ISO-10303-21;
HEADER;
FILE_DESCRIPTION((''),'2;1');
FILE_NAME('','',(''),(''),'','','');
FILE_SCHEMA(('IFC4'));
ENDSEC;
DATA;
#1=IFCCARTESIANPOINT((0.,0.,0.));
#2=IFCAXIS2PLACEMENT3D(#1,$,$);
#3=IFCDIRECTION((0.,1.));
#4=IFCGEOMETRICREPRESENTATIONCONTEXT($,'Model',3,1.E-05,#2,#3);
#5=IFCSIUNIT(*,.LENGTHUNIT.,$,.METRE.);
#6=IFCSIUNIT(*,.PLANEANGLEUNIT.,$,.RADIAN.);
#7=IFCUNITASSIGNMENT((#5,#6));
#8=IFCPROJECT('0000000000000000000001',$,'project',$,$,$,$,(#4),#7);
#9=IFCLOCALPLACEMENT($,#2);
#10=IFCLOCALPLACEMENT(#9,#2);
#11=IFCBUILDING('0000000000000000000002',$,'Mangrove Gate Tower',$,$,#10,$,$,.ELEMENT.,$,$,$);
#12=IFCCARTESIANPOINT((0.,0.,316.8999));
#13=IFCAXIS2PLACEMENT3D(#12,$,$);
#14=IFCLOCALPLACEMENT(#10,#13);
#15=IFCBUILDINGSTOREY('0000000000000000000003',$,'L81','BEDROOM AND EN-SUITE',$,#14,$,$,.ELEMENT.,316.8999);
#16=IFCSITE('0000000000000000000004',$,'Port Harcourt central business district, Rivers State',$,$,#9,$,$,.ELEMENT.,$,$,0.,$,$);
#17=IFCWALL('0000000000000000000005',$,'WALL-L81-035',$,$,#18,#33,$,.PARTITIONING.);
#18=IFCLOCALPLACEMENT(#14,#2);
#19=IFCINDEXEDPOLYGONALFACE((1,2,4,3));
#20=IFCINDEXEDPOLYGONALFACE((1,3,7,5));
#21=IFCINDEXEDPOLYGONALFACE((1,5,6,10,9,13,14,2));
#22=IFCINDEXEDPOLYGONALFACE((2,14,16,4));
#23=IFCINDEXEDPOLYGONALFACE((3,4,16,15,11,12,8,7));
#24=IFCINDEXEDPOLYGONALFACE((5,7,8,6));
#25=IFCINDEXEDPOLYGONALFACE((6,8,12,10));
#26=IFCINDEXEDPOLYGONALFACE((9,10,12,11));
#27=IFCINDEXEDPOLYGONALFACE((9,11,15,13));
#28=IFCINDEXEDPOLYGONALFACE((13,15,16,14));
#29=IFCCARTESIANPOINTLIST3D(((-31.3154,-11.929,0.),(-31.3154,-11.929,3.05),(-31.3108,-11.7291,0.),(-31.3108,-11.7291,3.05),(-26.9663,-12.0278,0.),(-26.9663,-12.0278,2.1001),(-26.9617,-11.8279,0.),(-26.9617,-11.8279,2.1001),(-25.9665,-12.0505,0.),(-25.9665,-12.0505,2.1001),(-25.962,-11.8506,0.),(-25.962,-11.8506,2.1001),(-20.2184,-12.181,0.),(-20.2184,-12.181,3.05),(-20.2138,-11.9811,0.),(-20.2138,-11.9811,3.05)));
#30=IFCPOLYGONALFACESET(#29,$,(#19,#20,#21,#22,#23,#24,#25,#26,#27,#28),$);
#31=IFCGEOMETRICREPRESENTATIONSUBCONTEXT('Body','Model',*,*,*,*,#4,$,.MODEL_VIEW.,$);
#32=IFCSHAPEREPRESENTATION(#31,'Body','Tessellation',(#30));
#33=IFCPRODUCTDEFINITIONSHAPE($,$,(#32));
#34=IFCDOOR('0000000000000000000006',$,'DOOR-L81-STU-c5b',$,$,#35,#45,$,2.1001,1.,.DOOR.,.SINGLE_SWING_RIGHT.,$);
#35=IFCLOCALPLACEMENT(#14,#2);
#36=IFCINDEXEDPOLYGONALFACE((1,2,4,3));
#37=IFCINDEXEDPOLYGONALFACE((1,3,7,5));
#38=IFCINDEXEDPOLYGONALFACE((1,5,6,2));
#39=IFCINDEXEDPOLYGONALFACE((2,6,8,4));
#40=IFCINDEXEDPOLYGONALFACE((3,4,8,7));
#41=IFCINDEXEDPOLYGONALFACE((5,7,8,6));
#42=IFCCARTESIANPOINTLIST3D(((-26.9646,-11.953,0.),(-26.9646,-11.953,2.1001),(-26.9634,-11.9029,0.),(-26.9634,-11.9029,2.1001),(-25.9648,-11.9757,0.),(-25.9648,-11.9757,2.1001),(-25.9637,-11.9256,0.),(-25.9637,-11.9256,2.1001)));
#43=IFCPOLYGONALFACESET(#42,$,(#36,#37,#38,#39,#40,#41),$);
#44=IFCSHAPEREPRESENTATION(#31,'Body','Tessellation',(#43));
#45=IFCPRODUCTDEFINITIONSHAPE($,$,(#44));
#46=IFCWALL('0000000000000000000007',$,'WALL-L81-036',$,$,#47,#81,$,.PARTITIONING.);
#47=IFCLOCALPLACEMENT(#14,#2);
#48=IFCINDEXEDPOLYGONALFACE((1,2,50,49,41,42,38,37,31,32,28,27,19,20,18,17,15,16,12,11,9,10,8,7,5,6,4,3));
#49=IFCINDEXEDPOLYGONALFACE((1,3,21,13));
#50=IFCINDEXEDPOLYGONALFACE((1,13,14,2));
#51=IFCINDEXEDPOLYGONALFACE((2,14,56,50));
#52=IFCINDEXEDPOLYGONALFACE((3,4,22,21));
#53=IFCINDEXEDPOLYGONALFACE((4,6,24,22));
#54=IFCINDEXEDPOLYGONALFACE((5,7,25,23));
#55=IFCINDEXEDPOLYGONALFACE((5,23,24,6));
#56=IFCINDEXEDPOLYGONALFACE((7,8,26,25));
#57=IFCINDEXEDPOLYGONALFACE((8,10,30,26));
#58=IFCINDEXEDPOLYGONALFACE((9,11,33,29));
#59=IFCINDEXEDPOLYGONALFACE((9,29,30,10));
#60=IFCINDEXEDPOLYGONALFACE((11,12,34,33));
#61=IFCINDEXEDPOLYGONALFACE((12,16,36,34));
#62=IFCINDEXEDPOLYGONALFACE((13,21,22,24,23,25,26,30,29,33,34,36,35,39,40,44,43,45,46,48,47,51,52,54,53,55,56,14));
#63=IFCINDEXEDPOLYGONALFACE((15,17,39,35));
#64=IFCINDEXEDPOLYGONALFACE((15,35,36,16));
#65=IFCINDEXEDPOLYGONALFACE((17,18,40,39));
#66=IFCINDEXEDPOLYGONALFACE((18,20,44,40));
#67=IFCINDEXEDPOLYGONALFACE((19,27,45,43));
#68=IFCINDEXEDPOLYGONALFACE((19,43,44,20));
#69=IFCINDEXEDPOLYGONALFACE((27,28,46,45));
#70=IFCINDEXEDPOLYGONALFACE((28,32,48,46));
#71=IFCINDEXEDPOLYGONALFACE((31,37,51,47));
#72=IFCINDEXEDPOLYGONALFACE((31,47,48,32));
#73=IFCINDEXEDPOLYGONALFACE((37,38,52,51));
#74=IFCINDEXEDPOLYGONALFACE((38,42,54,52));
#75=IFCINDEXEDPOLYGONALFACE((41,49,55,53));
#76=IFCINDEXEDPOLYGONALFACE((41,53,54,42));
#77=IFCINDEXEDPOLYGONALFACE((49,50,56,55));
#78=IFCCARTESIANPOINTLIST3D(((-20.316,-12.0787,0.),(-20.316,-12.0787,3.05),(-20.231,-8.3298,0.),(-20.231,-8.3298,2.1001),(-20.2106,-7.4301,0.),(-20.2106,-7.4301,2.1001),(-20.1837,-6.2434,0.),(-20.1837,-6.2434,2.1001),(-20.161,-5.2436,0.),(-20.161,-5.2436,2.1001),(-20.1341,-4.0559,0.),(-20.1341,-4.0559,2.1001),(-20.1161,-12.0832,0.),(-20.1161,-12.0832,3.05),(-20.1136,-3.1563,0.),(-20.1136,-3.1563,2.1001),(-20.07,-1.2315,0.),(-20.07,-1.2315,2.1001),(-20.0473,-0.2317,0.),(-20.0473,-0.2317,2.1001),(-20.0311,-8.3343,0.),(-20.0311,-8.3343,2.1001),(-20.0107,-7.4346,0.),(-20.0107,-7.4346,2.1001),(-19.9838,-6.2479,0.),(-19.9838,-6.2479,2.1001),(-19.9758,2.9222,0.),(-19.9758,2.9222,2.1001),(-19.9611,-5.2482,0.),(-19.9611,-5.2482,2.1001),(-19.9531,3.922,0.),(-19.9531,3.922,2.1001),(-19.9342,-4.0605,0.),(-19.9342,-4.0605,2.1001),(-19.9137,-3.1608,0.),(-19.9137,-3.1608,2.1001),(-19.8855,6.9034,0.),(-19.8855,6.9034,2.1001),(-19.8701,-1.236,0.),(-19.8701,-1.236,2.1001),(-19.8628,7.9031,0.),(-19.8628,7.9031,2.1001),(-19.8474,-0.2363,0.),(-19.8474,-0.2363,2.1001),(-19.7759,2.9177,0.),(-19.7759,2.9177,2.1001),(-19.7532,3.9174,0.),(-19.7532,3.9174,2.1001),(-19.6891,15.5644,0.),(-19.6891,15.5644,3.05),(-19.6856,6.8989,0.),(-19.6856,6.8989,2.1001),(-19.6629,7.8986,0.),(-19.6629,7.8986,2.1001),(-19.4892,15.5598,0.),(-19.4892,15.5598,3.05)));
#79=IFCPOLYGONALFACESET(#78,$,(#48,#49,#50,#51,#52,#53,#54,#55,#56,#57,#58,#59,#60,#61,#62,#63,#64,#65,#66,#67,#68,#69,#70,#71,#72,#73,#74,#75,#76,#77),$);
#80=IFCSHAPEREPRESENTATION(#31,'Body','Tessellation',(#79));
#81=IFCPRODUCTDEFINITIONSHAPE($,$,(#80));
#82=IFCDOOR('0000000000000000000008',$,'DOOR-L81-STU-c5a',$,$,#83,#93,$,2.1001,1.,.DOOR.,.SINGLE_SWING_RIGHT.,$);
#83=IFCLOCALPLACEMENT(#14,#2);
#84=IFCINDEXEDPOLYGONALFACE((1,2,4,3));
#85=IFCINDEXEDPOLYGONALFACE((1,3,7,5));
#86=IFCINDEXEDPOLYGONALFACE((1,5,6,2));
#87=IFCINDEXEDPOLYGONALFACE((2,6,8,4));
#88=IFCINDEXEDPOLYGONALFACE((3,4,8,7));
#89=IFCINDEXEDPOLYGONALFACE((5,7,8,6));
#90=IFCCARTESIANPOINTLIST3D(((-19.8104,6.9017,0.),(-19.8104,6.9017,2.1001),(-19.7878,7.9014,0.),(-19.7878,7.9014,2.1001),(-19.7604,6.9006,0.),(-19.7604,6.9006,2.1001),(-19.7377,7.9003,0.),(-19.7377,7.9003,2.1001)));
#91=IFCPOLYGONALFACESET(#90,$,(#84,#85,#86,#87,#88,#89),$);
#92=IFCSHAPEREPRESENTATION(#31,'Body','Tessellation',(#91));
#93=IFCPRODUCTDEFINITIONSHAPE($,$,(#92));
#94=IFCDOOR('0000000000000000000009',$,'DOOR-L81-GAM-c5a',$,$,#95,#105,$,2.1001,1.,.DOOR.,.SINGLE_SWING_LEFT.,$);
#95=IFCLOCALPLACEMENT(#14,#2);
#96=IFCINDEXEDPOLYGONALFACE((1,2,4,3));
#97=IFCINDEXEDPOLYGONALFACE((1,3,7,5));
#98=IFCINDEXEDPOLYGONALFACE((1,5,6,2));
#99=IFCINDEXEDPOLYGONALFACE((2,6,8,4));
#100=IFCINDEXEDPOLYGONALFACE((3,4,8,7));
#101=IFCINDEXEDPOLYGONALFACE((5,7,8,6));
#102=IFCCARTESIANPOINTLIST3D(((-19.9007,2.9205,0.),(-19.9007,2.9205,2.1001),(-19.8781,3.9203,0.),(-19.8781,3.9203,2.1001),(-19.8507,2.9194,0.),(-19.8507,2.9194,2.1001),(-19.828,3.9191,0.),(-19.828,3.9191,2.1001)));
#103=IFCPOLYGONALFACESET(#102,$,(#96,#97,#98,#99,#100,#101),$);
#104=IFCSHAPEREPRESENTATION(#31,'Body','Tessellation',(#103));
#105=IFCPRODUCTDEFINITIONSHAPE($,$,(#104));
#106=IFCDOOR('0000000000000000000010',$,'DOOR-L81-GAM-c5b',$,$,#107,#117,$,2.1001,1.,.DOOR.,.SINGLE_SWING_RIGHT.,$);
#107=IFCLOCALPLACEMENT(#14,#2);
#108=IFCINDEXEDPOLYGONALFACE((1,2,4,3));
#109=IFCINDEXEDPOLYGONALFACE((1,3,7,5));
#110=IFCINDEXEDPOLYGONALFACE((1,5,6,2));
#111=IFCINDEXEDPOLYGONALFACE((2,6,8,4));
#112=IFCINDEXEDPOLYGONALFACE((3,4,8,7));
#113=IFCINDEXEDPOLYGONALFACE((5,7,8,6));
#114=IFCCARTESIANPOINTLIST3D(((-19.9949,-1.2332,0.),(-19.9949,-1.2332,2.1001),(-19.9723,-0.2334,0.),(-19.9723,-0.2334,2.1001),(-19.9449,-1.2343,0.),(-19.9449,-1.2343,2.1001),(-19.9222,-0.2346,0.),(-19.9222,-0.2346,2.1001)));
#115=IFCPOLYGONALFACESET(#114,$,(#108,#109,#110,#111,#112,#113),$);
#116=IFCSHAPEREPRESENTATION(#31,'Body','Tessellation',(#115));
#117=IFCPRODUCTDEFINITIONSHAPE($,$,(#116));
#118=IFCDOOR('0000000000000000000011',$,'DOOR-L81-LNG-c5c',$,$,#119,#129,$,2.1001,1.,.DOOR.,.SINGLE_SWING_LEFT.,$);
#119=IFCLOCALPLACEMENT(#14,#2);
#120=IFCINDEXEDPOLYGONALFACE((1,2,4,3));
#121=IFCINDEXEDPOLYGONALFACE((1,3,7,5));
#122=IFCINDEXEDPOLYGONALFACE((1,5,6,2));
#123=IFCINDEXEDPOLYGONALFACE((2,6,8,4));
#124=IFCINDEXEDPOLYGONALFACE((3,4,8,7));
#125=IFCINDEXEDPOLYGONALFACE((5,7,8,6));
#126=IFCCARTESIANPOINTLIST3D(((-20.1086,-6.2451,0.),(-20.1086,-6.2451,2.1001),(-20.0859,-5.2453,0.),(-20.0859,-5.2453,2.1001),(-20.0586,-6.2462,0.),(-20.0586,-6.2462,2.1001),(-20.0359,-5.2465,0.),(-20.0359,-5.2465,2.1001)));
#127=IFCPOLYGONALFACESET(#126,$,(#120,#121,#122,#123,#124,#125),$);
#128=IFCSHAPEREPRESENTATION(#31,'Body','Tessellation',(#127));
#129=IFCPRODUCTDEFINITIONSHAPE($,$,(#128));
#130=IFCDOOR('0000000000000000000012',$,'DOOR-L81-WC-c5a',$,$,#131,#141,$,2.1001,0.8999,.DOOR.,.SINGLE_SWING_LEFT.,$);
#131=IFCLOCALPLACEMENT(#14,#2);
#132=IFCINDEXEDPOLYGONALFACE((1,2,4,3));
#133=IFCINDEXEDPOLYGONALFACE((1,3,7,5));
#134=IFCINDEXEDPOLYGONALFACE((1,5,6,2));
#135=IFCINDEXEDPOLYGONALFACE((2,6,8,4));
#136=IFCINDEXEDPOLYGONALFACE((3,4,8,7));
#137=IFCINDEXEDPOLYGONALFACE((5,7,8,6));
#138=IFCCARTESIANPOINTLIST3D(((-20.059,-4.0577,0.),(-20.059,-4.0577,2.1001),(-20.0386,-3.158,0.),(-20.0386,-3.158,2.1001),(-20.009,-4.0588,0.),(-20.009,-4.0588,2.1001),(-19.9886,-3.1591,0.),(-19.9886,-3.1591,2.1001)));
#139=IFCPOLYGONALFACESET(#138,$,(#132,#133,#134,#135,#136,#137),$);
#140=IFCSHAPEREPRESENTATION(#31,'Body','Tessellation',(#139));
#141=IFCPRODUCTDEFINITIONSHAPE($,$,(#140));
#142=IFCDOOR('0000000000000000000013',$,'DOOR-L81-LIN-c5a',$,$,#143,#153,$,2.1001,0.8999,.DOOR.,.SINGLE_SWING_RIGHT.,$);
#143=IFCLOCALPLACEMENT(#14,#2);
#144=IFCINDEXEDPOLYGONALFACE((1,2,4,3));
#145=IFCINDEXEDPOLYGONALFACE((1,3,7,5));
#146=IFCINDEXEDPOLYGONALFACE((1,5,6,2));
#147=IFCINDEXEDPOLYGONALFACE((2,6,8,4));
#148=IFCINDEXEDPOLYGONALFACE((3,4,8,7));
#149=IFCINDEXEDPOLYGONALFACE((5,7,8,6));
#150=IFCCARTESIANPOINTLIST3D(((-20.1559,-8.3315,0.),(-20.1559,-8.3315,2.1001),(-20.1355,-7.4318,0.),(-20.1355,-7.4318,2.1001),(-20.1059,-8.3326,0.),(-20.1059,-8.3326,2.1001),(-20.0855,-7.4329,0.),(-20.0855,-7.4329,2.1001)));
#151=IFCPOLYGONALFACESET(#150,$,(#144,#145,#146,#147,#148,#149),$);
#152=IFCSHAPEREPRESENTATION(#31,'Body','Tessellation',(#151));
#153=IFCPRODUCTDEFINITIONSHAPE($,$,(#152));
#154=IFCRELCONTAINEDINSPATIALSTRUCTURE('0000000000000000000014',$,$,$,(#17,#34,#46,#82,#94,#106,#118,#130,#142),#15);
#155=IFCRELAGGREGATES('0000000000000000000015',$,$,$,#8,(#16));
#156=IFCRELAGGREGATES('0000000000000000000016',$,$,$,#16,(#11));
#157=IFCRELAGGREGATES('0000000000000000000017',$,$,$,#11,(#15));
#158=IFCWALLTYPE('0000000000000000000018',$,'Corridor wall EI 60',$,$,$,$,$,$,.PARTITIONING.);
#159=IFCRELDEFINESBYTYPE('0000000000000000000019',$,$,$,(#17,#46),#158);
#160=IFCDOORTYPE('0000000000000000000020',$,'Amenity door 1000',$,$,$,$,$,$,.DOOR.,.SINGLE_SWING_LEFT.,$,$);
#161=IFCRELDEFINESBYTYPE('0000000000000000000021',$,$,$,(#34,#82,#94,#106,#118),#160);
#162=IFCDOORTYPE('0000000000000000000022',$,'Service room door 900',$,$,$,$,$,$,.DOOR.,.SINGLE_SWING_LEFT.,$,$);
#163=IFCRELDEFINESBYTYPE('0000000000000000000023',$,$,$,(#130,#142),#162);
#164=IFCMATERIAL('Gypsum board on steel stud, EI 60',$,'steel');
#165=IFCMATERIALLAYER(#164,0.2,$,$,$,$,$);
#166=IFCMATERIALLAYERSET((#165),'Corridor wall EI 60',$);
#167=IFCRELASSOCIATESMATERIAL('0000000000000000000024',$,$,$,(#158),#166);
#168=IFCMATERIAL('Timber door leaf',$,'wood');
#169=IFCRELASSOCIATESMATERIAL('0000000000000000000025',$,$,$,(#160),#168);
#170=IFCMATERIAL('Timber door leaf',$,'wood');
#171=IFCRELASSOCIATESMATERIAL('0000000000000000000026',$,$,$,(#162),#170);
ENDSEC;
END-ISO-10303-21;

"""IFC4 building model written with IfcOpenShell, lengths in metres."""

from ifc_helpers import new_model, si_unit, direction, frame, frame_2d, origin, place, context, subcontext, project, spatial, rectangle, extrude, material, layer, layer_set, type_object, element, fill, save


model = new_model("IFC4")

# Units and contexts
model_context = context("Model", 3, precision=1e-05, world=origin(), true_north=direction((0.0, 1.0)))
body_context = subcontext(model_context, "Body", "Model", "MODEL_VIEW")
ifc_project = project(units=[si_unit("LENGTHUNIT", "METRE"), si_unit("PLANEANGLEUNIT", "RADIAN")], contexts=[model_context])

# Site, building, storey
site_placement = place(None, origin())
site = spatial("IfcSite", under=ifc_project, at=site_placement, Name="Port Harcourt central business district, Rivers State", CompositionType="ELEMENT", RefElevation=0.0)
building_placement = place(site_placement, origin())
building = spatial("IfcBuilding", under=site, at=building_placement, Name="Mangrove Gate Tower", CompositionType="ELEMENT")
storey_placement = place(building_placement, frame((0.0, 0.0, 316.8999)))
storey = spatial("IfcBuildingStorey", under=building, at=storey_placement, Name="L81", Description="BEDROOM AND EN-SUITE", CompositionType="ELEMENT", Elevation=316.8999)

# Wall, opening, door
ifc_material_1 = material(Name="Gypsum board on steel stud, EI 60", Category="steel")
ifc_layer_1 = layer(ifc_material_1, 0.2)
ifc_layer_set_1 = layer_set([ifc_layer_1], Name="Corridor wall EI 60")
wall_type_1 = type_object("IfcWallType", Name="Corridor wall EI 60", PredefinedType="PARTITIONING", material=ifc_layer_set_1)
wall_1_placement = place(storey_placement, frame((-31.313, -11.8291, 0.0), z_axis=(0.0, 0.0, 1.0), x_axis=(0.999742, -0.022699, 0.0)))
wall_1 = element("IfcWall", 1, at=wall_1_placement, inside=storey, type_object=wall_type_1, Name="WALL-L81-035", PredefinedType="PARTITIONING", context=body_context, shape_type="SweptSolid", body=[
    extrude(rectangle(XDim=11.0999, YDim=0.2, at=frame_2d((5.5498, 0.0))), origin(), (0.0, 0.0, 1.0), 3.05),
])
opening_1_placement = place(wall_1_placement, frame((4.3501, 0.0, 0.0)))
opening_1 = element("IfcOpeningElement", 2, at=opening_1_placement, cuts=wall_1, PredefinedType="OPENING", context=body_context, shape_type="SweptSolid", body=[
    extrude(rectangle(XDim=1.0, YDim=2.1001, at=frame_2d((0.5, 1.05))), frame((0.0, 0.1099, 0.0), z_axis=(0.0, -1.0, 0.0), x_axis=(1.0, 0.0, 0.0)), (0.0, 0.0, 1.0), 0.22),
])
ifc_material_2 = material(Name="Timber door leaf", Category="wood")
door_type_1 = type_object("IfcDoorType", Name="Amenity door 1000", OperationType="SINGLE_SWING_LEFT", PredefinedType="DOOR", material=ifc_material_2)
door_1_placement = place(opening_1_placement, origin())
door_1 = element("IfcDoor", 3, at=door_1_placement, inside=storey, type_object=door_type_1, Name="DOOR-L81-STU-c5b", OperationType="SINGLE_SWING_RIGHT", OverallHeight=2.1001, OverallWidth=1.0, PredefinedType="DOOR", context=body_context, shape_type="SweptSolid", body=[
    extrude(rectangle(XDim=1.0, YDim=2.1001, at=frame_2d((0.5, 1.05))), frame((0.0, 0.0249, 0.0), z_axis=(0.0, -1.0, 0.0), x_axis=(1.0, 0.0, 0.0)), (0.0, 0.0, 1.0), 0.05),
])
fill(opening_1, door_1)

# Wall, openings, doors
wall_2_placement = place(storey_placement, frame((-20.2161, -12.0811, 0.0), z_axis=(0.0, 0.0, 1.0), x_axis=(0.022674, 0.999743, 0.0)))
wall_2 = element("IfcWall", 4, at=wall_2_placement, inside=storey, type_object=wall_type_1, Name="WALL-L81-036", PredefinedType="PARTITIONING", context=body_context, shape_type="SweptSolid", body=[
    extrude(rectangle(XDim=27.6501, YDim=0.2, at=frame_2d((13.8252, 0.0))), origin(), (0.0, 0.0, 1.0), 3.05),
])
opening_2_placement = place(wall_2_placement, frame((18.9871, 0.0, 0.0)))
opening_2 = element("IfcOpeningElement", 5, at=opening_2_placement, cuts=wall_2, PredefinedType="OPENING", context=body_context, shape_type="SweptSolid", body=[
    extrude(rectangle(XDim=1.0, YDim=2.1001, at=frame_2d((0.5, 1.05))), frame((0.0, 0.1099, 0.0), z_axis=(0.0, -1.0, 0.0), x_axis=(1.0, 0.0, 0.0)), (0.0, 0.0, 1.0), 0.22),
])
opening_3_placement = place(wall_2_placement, frame((15.0049, 0.0, 0.0)))
opening_3 = element("IfcOpeningElement", 6, at=opening_3_placement, cuts=wall_2, PredefinedType="OPENING", context=body_context, shape_type="SweptSolid", body=[
    extrude(rectangle(XDim=1.0, YDim=2.1001, at=frame_2d((0.5, 1.05))), frame((0.0, 0.1099, 0.0), z_axis=(0.0, -1.0, 0.0), x_axis=(1.0, 0.0, 0.0)), (0.0, 0.0, 1.0), 0.22),
])
opening_4_placement = place(wall_2_placement, frame((10.8501, 0.0, 0.0)))
opening_4 = element("IfcOpeningElement", 7, at=opening_4_placement, cuts=wall_2, PredefinedType="OPENING", context=body_context, shape_type="SweptSolid", body=[
    extrude(rectangle(XDim=1.0, YDim=2.1001, at=frame_2d((0.5, 1.05))), frame((0.0, 0.1099, 0.0), z_axis=(0.0, -1.0, 0.0), x_axis=(1.0, 0.0, 0.0)), (0.0, 0.0, 1.0), 0.22),
])
opening_5_placement = place(wall_2_placement, frame((8.0249, 0.0, 0.0)))
opening_5 = element("IfcOpeningElement", 8, at=opening_5_placement, cuts=wall_2, PredefinedType="OPENING", context=body_context, shape_type="SweptSolid", body=[
    extrude(rectangle(XDim=0.8999, YDim=2.1001, at=frame_2d((0.45, 1.05))), frame((0.0, 0.1099, 0.0), z_axis=(0.0, -1.0, 0.0), x_axis=(1.0, 0.0, 0.0)), (0.0, 0.0, 1.0), 0.22),
])
opening_6_placement = place(wall_2_placement, frame((5.8369, 0.0, 0.0)))
opening_6 = element("IfcOpeningElement", 9, at=opening_6_placement, cuts=wall_2, PredefinedType="OPENING", context=body_context, shape_type="SweptSolid", body=[
    extrude(rectangle(XDim=1.0, YDim=2.1001, at=frame_2d((0.5, 1.05))), frame((0.0, 0.1099, 0.0), z_axis=(0.0, -1.0, 0.0), x_axis=(1.0, 0.0, 0.0)), (0.0, 0.0, 1.0), 0.22),
])
opening_7_placement = place(wall_2_placement, frame((3.75, 0.0, 0.0)))
opening_7 = element("IfcOpeningElement", 10, at=opening_7_placement, cuts=wall_2, PredefinedType="OPENING", context=body_context, shape_type="SweptSolid", body=[
    extrude(rectangle(XDim=0.8999, YDim=2.1001, at=frame_2d((0.45, 1.05))), frame((0.0, 0.1099, 0.0), z_axis=(0.0, -1.0, 0.0), x_axis=(1.0, 0.0, 0.0)), (0.0, 0.0, 1.0), 0.22),
])
door_2_placement = place(opening_2_placement, origin())
door_2 = element("IfcDoor", 11, at=door_2_placement, inside=storey, type_object=door_type_1, Name="DOOR-L81-STU-c5a", OperationType="SINGLE_SWING_RIGHT", OverallHeight=2.1001, OverallWidth=1.0, PredefinedType="DOOR", context=body_context, shape_type="SweptSolid", body=[
    extrude(rectangle(XDim=1.0, YDim=2.1001, at=frame_2d((0.5, 1.05))), frame((0.0, 0.0249, 0.0), z_axis=(0.0, -1.0, 0.0), x_axis=(1.0, 0.0, 0.0)), (0.0, 0.0, 1.0), 0.05),
])
fill(opening_2, door_2)
door_3_placement = place(opening_3_placement, origin())
door_3 = element("IfcDoor", 12, at=door_3_placement, inside=storey, type_object=door_type_1, Name="DOOR-L81-GAM-c5a", OperationType="SINGLE_SWING_LEFT", OverallHeight=2.1001, OverallWidth=1.0, PredefinedType="DOOR", context=body_context, shape_type="SweptSolid", body=[
    extrude(rectangle(XDim=1.0, YDim=2.1001, at=frame_2d((0.5, 1.05))), frame((0.0, 0.0249, 0.0), z_axis=(0.0, -1.0, 0.0), x_axis=(1.0, 0.0, 0.0)), (0.0, 0.0, 1.0), 0.05),
])
fill(opening_3, door_3)
door_4_placement = place(opening_4_placement, origin())
door_4 = element("IfcDoor", 13, at=door_4_placement, inside=storey, type_object=door_type_1, Name="DOOR-L81-GAM-c5b", OperationType="SINGLE_SWING_RIGHT", OverallHeight=2.1001, OverallWidth=1.0, PredefinedType="DOOR", context=body_context, shape_type="SweptSolid", body=[
    extrude(rectangle(XDim=1.0, YDim=2.1001, at=frame_2d((0.5, 1.05))), frame((0.0, 0.0249, 0.0), z_axis=(0.0, -1.0, 0.0), x_axis=(1.0, 0.0, 0.0)), (0.0, 0.0, 1.0), 0.05),
])
fill(opening_4, door_4)
door_5_placement = place(opening_6_placement, origin())
door_5 = element("IfcDoor", 14, at=door_5_placement, inside=storey, type_object=door_type_1, Name="DOOR-L81-LNG-c5c", OperationType="SINGLE_SWING_LEFT", OverallHeight=2.1001, OverallWidth=1.0, PredefinedType="DOOR", context=body_context, shape_type="SweptSolid", body=[
    extrude(rectangle(XDim=1.0, YDim=2.1001, at=frame_2d((0.5, 1.05))), frame((0.0, 0.0249, 0.0), z_axis=(0.0, -1.0, 0.0), x_axis=(1.0, 0.0, 0.0)), (0.0, 0.0, 1.0), 0.05),
])
fill(opening_6, door_5)
ifc_material_3 = material(Name="Timber door leaf", Category="wood")
door_type_2 = type_object("IfcDoorType", Name="Service room door 900", OperationType="SINGLE_SWING_LEFT", PredefinedType="DOOR", material=ifc_material_3)
door_6_placement = place(opening_5_placement, origin())
door_6 = element("IfcDoor", 15, at=door_6_placement, inside=storey, type_object=door_type_2, Name="DOOR-L81-WC-c5a", OperationType="SINGLE_SWING_LEFT", OverallHeight=2.1001, OverallWidth=0.8999, PredefinedType="DOOR", context=body_context, shape_type="SweptSolid", body=[
    extrude(rectangle(XDim=0.8999, YDim=2.1001, at=frame_2d((0.45, 1.05))), frame((0.0, 0.0249, 0.0), z_axis=(0.0, -1.0, 0.0), x_axis=(1.0, 0.0, 0.0)), (0.0, 0.0, 1.0), 0.05),
])
fill(opening_5, door_6)
door_7_placement = place(opening_7_placement, origin())
door_7 = element("IfcDoor", 16, at=door_7_placement, inside=storey, type_object=door_type_2, Name="DOOR-L81-LIN-c5a", OperationType="SINGLE_SWING_RIGHT", OverallHeight=2.1001, OverallWidth=0.8999, PredefinedType="DOOR", context=body_context, shape_type="SweptSolid", body=[
    extrude(rectangle(XDim=0.8999, YDim=2.1001, at=frame_2d((0.45, 1.05))), frame((0.0, 0.0249, 0.0), z_axis=(0.0, -1.0, 0.0), x_axis=(1.0, 0.0, 0.0)), (0.0, 0.0, 1.0), 0.05),
])
fill(opening_7, door_7)

save(model, "model.ifc")
